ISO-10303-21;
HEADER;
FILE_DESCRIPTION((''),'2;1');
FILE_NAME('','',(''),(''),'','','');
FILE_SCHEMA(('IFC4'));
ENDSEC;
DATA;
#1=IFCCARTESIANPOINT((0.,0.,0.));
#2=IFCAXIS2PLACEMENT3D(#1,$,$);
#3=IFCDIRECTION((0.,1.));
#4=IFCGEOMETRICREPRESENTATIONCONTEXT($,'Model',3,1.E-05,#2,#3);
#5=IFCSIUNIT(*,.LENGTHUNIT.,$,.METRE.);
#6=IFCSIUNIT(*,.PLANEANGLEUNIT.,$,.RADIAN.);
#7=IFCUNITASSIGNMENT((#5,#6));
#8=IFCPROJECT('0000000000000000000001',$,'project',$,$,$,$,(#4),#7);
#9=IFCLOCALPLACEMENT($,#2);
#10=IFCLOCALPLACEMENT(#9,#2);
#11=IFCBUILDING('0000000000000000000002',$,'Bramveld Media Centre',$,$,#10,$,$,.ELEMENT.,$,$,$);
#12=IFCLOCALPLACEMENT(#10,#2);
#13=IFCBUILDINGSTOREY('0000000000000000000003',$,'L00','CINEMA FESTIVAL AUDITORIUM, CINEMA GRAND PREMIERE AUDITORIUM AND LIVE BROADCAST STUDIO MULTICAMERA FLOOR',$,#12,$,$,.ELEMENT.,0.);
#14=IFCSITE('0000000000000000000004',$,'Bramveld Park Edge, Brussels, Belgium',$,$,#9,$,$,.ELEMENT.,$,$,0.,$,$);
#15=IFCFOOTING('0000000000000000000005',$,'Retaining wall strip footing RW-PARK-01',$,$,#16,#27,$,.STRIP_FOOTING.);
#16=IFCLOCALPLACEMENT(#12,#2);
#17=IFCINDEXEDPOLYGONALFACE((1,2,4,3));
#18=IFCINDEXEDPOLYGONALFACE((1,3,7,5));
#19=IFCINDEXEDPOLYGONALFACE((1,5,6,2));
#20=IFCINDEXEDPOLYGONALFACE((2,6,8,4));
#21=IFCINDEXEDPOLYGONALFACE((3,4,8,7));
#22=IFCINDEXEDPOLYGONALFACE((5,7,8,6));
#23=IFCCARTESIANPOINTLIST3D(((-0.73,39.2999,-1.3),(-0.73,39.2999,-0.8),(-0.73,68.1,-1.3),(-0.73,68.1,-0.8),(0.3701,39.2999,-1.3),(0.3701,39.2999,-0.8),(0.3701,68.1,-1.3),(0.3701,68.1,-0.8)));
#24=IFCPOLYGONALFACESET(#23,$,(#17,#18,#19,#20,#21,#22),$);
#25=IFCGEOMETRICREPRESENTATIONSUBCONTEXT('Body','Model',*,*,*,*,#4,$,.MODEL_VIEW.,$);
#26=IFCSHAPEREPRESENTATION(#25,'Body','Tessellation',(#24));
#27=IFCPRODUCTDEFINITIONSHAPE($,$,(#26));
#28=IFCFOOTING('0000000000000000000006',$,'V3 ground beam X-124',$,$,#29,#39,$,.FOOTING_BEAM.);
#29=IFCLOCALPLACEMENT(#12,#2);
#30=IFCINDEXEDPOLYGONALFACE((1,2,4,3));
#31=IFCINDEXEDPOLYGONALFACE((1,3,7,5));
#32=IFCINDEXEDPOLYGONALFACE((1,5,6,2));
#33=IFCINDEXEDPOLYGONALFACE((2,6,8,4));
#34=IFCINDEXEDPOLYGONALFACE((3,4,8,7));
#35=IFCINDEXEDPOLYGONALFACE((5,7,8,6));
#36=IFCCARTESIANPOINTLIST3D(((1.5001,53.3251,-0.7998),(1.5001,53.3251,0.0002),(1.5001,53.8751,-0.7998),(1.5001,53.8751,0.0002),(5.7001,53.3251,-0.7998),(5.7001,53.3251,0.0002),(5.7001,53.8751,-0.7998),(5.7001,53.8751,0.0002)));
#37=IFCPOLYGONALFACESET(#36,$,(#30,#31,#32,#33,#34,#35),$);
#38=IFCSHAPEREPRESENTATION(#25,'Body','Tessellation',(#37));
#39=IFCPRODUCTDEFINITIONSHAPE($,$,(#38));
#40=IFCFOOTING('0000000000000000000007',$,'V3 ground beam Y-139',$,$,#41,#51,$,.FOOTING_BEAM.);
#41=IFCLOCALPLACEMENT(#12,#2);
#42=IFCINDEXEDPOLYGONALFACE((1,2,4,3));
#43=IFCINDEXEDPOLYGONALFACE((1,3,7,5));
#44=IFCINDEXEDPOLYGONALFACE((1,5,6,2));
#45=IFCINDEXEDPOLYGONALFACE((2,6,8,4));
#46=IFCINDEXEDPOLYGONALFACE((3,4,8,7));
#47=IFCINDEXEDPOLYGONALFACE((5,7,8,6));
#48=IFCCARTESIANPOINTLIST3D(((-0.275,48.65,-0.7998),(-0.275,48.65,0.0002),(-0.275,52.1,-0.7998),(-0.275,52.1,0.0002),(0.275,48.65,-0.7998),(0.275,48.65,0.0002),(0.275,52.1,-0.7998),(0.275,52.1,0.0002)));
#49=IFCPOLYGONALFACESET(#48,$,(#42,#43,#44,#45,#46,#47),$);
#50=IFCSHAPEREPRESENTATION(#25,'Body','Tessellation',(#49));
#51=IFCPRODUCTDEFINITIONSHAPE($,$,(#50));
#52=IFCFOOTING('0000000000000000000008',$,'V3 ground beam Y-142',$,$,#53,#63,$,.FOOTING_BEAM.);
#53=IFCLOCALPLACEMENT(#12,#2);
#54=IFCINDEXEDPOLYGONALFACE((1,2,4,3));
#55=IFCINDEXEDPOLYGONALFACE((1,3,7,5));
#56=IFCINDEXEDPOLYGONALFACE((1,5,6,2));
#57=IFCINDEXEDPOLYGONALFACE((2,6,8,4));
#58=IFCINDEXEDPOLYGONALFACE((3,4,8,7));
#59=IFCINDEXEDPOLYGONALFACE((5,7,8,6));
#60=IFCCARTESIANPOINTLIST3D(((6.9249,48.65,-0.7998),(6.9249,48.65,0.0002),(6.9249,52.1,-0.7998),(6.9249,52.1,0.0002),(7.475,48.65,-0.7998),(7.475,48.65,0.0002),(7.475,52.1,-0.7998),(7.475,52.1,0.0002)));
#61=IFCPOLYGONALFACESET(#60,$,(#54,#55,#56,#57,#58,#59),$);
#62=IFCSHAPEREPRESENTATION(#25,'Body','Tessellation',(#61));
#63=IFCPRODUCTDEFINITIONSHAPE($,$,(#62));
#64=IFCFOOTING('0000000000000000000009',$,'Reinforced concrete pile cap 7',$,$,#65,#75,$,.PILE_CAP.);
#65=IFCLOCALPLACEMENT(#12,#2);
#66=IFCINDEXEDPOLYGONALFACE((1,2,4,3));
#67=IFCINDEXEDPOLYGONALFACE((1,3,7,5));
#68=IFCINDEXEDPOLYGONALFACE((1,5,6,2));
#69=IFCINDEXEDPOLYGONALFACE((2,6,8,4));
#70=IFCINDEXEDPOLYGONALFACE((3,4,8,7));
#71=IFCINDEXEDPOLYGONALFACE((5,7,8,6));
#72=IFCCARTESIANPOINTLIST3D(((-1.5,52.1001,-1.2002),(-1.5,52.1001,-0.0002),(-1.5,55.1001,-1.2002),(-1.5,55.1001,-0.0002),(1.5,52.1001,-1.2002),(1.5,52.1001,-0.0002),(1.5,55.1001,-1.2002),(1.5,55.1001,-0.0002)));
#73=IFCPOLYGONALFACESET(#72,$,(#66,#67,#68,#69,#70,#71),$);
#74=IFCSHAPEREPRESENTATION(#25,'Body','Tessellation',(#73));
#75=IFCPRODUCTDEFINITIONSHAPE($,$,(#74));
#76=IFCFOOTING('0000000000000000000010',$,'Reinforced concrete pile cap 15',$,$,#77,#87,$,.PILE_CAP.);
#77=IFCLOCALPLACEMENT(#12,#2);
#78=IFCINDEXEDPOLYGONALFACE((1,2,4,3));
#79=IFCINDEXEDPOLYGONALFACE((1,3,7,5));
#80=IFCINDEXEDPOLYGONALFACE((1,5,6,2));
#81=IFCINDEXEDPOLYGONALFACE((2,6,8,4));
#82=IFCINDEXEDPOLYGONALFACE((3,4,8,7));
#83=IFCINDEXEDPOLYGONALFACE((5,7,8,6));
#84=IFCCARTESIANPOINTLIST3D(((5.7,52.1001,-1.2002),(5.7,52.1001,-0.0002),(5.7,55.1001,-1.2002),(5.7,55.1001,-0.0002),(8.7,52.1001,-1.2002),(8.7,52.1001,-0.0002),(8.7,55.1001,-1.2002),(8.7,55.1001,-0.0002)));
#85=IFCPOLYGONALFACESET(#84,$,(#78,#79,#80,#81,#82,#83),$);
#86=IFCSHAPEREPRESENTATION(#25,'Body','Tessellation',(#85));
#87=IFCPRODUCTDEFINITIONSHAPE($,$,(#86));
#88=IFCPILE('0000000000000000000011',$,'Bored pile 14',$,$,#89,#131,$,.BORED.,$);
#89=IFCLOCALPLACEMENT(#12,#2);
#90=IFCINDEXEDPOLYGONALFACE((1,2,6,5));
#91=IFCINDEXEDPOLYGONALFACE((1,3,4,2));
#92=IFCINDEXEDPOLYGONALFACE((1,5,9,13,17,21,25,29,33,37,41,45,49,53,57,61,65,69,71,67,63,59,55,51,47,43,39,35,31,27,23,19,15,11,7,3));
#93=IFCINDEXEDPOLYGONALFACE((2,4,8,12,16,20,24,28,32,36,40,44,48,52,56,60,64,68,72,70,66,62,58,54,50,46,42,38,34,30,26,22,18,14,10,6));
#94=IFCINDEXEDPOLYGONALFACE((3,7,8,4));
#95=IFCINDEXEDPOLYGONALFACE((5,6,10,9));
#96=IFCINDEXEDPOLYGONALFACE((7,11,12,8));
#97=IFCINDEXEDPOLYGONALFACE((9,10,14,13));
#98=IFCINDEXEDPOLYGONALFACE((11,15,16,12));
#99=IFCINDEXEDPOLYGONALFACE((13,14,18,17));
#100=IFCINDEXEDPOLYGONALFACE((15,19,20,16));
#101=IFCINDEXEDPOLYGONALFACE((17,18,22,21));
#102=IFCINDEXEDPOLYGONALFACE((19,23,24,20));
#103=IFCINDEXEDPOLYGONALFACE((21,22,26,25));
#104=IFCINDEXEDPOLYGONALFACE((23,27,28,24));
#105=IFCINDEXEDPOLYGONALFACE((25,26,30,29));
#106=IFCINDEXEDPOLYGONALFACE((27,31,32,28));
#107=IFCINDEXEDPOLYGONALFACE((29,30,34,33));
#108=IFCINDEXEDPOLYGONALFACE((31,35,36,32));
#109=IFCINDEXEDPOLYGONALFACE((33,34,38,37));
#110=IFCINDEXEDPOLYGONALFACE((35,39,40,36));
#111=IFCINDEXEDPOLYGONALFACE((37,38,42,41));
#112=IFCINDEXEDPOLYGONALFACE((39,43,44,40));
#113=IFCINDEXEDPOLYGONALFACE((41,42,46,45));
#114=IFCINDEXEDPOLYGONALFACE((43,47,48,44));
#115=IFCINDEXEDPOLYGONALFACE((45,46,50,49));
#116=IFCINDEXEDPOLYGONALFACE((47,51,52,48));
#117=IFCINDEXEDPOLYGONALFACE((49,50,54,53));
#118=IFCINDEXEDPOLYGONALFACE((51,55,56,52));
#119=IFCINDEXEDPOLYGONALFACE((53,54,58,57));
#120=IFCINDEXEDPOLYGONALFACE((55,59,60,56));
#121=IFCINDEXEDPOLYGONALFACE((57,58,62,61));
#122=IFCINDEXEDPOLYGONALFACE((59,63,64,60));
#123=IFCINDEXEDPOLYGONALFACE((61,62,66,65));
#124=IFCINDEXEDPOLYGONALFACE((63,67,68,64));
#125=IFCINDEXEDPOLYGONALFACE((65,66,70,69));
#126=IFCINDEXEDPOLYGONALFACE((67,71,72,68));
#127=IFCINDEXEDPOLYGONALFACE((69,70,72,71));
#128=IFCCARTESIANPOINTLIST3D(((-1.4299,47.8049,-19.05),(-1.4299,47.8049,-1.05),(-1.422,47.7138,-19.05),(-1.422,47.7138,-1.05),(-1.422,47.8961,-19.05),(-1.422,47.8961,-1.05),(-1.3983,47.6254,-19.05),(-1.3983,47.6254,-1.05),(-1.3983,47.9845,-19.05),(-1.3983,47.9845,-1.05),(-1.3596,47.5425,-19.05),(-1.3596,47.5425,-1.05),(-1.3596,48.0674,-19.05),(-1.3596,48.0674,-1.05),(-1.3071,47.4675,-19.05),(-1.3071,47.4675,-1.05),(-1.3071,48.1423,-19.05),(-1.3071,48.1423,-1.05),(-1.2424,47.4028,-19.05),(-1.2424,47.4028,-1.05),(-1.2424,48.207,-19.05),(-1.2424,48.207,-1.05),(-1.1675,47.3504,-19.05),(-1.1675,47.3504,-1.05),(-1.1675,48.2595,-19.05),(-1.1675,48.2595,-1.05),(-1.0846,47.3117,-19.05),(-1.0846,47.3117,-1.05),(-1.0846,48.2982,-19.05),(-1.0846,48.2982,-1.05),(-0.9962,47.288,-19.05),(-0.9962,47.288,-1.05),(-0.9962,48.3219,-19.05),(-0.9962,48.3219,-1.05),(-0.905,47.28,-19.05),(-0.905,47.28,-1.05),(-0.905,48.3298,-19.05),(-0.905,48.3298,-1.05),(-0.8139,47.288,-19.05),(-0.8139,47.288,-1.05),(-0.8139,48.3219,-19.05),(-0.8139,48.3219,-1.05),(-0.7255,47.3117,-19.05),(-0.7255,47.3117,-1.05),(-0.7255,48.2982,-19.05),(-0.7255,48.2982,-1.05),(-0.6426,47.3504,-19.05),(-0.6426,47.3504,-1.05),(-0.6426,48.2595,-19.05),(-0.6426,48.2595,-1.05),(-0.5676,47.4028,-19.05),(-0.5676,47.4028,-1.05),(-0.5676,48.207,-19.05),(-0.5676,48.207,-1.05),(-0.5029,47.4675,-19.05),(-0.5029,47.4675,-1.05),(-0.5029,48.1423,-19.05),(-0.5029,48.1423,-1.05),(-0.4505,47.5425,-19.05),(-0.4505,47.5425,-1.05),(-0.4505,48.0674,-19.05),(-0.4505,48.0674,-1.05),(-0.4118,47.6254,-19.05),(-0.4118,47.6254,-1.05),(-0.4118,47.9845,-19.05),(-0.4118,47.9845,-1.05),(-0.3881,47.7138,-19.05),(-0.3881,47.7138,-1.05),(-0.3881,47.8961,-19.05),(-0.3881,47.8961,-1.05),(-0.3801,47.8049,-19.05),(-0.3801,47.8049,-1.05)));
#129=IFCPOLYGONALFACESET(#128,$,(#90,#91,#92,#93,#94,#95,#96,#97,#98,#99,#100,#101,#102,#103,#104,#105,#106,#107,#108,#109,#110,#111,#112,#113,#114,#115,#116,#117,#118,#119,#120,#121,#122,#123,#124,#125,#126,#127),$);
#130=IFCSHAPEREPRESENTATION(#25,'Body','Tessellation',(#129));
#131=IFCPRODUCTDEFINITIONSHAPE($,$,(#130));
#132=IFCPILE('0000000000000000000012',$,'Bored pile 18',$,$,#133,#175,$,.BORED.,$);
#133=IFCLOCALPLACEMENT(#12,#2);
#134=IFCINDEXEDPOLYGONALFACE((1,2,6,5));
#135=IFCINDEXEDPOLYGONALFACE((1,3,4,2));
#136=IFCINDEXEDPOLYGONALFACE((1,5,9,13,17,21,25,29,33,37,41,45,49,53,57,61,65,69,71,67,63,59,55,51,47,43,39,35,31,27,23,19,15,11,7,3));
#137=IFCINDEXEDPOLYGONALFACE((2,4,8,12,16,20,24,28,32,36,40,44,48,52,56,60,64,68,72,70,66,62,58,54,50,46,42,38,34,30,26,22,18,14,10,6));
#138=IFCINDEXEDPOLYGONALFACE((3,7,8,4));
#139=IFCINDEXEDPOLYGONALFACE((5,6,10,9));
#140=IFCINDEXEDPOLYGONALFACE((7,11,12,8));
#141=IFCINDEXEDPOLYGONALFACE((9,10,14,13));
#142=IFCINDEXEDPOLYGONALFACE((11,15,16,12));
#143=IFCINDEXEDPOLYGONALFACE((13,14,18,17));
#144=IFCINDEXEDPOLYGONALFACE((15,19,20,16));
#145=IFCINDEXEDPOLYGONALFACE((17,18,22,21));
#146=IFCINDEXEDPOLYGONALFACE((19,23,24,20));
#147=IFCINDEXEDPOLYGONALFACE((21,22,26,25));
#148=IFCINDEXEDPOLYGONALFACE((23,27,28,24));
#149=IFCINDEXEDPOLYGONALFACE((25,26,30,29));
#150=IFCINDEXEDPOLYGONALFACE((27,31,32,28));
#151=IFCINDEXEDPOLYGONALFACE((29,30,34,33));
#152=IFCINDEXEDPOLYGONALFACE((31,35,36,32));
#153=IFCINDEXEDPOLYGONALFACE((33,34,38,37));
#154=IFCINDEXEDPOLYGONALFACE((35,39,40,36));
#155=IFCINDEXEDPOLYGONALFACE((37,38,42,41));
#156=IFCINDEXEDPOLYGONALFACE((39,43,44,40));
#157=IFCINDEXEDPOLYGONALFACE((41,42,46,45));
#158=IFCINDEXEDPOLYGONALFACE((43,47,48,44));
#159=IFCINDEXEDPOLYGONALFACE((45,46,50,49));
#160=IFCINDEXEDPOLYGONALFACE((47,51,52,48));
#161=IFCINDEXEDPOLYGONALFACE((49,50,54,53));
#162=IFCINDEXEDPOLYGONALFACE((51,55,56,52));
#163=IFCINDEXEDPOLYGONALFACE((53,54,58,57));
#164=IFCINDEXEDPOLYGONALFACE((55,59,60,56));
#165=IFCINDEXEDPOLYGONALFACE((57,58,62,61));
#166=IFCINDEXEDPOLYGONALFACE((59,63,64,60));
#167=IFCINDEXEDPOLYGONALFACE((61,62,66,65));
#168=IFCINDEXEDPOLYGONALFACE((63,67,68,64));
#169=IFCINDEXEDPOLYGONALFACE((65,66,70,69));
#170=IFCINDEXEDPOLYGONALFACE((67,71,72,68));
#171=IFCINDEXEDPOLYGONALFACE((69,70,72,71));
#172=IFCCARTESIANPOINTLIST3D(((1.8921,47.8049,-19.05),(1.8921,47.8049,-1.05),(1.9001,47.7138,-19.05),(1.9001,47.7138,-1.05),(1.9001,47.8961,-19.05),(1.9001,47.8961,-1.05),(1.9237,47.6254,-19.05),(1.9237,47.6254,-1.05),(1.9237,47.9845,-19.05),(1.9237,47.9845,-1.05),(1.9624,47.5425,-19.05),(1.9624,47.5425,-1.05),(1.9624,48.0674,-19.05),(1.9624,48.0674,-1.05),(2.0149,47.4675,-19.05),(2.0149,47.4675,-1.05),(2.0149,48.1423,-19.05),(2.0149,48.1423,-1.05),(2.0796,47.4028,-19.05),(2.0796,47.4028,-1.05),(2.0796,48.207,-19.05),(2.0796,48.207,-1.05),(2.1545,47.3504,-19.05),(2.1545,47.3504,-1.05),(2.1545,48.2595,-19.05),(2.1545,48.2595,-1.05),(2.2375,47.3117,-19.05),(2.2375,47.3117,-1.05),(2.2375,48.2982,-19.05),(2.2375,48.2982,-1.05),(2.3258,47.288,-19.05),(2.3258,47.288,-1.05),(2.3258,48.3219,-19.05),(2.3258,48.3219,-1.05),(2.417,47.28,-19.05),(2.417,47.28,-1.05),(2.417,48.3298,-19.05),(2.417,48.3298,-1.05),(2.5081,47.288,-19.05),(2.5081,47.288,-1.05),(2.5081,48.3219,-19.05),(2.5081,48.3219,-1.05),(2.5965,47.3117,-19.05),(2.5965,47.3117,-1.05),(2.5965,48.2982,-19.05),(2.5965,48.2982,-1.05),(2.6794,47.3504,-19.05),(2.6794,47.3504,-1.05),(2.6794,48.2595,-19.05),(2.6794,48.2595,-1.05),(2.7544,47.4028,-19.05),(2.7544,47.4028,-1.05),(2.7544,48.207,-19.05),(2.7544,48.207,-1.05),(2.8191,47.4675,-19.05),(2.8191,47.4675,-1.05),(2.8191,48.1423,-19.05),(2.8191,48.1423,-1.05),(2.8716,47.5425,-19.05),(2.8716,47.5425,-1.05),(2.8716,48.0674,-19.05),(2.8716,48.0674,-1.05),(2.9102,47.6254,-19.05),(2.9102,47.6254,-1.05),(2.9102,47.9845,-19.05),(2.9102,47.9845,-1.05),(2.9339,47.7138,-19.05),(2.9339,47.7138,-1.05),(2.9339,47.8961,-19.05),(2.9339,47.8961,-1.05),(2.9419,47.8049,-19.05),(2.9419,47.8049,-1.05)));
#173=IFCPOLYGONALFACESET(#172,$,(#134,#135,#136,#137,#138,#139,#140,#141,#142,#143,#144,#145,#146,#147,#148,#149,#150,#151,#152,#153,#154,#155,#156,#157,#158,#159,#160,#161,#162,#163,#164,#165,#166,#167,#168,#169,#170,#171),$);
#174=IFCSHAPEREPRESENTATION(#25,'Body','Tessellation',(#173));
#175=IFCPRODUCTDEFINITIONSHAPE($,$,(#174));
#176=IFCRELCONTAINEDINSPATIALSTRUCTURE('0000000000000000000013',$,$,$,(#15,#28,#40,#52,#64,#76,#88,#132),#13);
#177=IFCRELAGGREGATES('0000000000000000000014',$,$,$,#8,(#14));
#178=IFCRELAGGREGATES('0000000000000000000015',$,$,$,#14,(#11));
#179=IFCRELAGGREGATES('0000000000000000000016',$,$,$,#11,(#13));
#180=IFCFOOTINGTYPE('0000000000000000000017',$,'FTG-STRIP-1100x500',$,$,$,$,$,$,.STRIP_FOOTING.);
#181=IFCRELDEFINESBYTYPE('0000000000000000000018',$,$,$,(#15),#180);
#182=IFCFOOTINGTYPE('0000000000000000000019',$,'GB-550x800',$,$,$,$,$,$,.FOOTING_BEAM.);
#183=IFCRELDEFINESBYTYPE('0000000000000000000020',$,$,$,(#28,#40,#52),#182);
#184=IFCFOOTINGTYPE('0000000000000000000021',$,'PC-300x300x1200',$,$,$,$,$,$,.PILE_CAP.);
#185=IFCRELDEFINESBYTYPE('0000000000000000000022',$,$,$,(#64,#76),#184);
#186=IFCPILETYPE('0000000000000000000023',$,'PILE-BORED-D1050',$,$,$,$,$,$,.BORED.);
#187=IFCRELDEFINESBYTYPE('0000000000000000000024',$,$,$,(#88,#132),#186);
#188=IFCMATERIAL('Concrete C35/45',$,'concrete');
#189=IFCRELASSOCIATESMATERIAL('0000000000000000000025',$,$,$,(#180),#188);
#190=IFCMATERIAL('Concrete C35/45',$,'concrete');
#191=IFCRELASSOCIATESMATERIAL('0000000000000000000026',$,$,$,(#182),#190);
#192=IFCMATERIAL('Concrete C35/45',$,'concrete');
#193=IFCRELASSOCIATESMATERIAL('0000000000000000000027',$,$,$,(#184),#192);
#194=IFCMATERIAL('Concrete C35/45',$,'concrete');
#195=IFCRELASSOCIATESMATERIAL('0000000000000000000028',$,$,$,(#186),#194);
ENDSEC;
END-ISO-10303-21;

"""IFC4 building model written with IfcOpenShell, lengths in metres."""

from ifc_helpers import new_model, si_unit, direction, frame, origin, origin_2d, place, context, subcontext, project, spatial, rectangle, circle, extrude, material, material_profile, profile_set, type_object, element, save


model = new_model("IFC4")

# Units and contexts
model_context = context("Model", 3, precision=1e-05, world=origin(), true_north=direction((0.0, 1.0)))
body_context = subcontext(model_context, "Body", "Model", "MODEL_VIEW")
ifc_project = project(units=[si_unit("LENGTHUNIT", "METRE"), si_unit("PLANEANGLEUNIT", "RADIAN")], contexts=[model_context])

# Site, building, storey
site_placement = place(None, origin())
site = spatial("IfcSite", under=ifc_project, at=site_placement, Name="Bramveld Park Edge, Brussels, Belgium", CompositionType="ELEMENT", RefElevation=0.0)
building_placement = place(site_placement, origin())
building = spatial("IfcBuilding", under=site, at=building_placement, Name="Bramveld Media Centre", CompositionType="ELEMENT")
storey_placement = place(building_placement, origin())
storey = spatial("IfcBuildingStorey", under=building, at=storey_placement, Name="L00", Description="CINEMA FESTIVAL AUDITORIUM, CINEMA GRAND PREMIERE AUDITORIUM AND LIVE BROADCAST STUDIO MULTICAMERA FLOOR", CompositionType="ELEMENT", Elevation=0.0)

# Footings
ifc_material_1 = material(Name="Concrete C35/45", Category="concrete")
footing_type_1 = type_object("IfcFootingType", Name="FTG-STRIP-1100x500", PredefinedType="STRIP_FOOTING", material=ifc_material_1)
footing_1_placement = place(storey_placement, frame((-0.1799, 53.7, -1.3), z_axis=(0.0, 0.0, 1.0), x_axis=(0.0, 1.0, 0.0)))
element("IfcFooting", 1, at=footing_1_placement, inside=storey, type_object=footing_type_1, Name="Retaining wall strip footing RW-PARK-01", PredefinedType="STRIP_FOOTING", context=body_context, shape_type="SweptSolid", body=[
    extrude(rectangle(XDim=28.8, YDim=1.1001, at=origin_2d()), origin(), (0.0, 0.0, 1.0), 0.5),
])
ifc_material_2 = material(Name="Concrete C35/45", Category="concrete")
footing_type_2 = type_object("IfcFootingType", Name="GB-550x800", PredefinedType="FOOTING_BEAM", material=ifc_material_2)
footing_2_placement = place(storey_placement, frame((3.6001, 53.6001, -0.7998), z_axis=(0.0, 0.0, 1.0), x_axis=(1.0, 0.0, 0.0)))
element("IfcFooting", 2, at=footing_2_placement, inside=storey, type_object=footing_type_2, Name="V3 ground beam X-124", PredefinedType="FOOTING_BEAM", context=body_context, shape_type="SweptSolid", body=[
    extrude(rectangle(XDim=4.2, YDim=0.55, at=origin_2d()), origin(), (0.0, 0.0, 1.0), 0.8),
])
for number, where, z_axis, x_axis, name in (
    (3, (0.0, 50.375, -0.7998), (0.0, 0.0, 1.0), (1.0, 0.0, 0.0), "V3 ground beam Y-139"),
    (4, (7.2, 50.375, -0.7998), (0.0, 0.0, 1.0), (1.0, 0.0, 0.0), "V3 ground beam Y-142"),
):
    element("IfcFooting", number, at=place(storey_placement, frame(where, z_axis=z_axis, x_axis=x_axis)), inside=storey, type_object=footing_type_2, Name=name, PredefinedType="FOOTING_BEAM", context=body_context, shape_type="SweptSolid", body=[
        extrude(rectangle(XDim=0.55, YDim=3.45, at=origin_2d()), origin(), (0.0, 0.0, 1.0), 0.8),
    ])
ifc_material_3 = material(Name="Concrete C35/45", Category="concrete")
footing_type_3 = type_object("IfcFootingType", Name="PC-300x300x1200", PredefinedType="PILE_CAP", material=ifc_material_3)
for number, where, z_axis, x_axis, name in (
    (5, (0.0, 53.6001, -1.2002), (0.0, 0.0, 1.0), (1.0, 0.0, 0.0), "Reinforced concrete pile cap 7"),
    (6, (7.2, 53.6001, -1.2002), (0.0, 0.0, 1.0), (1.0, 0.0, 0.0), "Reinforced concrete pile cap 15"),
):
    element("IfcFooting", number, at=place(storey_placement, frame(where, z_axis=z_axis, x_axis=x_axis)), inside=storey, type_object=footing_type_3, Name=name, PredefinedType="PILE_CAP", context=body_context, shape_type="SweptSolid", body=[
        extrude(rectangle(XDim=3.0, YDim=3.0, at=origin_2d()), origin(), (0.0, 0.0, 1.0), 1.2),
    ])

# Piles
ifc_material_4 = material(Name="Concrete C35/45", Category="concrete")
ifc_material_profile_1 = material_profile(ifc_material_4, circle(Radius=0.5249, at=origin_2d()), Name="BORED D1050")
ifc_profile_set_1 = profile_set([ifc_material_profile_1], Name="Concrete C35/45")
pile_type_1 = type_object("IfcPileType", Name="PILE-BORED-D1050", PredefinedType="BORED", material=ifc_profile_set_1)
for number, where, z_axis, x_axis, name in (
    (7, (-0.905, 47.8049, -1.05), (0.0, 0.0, -1.0), (1.0, 0.0, 0.0), "Bored pile 14"),
    (8, (2.417, 47.8049, -1.05), (0.0, 0.0, -1.0), (1.0, 0.0, 0.0), "Bored pile 18"),
):
    element("IfcPile", number, at=place(storey_placement, frame(where, z_axis=z_axis, x_axis=x_axis)), inside=storey, type_object=pile_type_1, Name=name, PredefinedType="BORED", context=body_context, shape_type="SweptSolid", body=[
        extrude(circle(Radius=0.5249, at=origin_2d()), origin(), (0.0, 0.0, 1.0), 18.0),
    ])

save(model, "model.ifc")
